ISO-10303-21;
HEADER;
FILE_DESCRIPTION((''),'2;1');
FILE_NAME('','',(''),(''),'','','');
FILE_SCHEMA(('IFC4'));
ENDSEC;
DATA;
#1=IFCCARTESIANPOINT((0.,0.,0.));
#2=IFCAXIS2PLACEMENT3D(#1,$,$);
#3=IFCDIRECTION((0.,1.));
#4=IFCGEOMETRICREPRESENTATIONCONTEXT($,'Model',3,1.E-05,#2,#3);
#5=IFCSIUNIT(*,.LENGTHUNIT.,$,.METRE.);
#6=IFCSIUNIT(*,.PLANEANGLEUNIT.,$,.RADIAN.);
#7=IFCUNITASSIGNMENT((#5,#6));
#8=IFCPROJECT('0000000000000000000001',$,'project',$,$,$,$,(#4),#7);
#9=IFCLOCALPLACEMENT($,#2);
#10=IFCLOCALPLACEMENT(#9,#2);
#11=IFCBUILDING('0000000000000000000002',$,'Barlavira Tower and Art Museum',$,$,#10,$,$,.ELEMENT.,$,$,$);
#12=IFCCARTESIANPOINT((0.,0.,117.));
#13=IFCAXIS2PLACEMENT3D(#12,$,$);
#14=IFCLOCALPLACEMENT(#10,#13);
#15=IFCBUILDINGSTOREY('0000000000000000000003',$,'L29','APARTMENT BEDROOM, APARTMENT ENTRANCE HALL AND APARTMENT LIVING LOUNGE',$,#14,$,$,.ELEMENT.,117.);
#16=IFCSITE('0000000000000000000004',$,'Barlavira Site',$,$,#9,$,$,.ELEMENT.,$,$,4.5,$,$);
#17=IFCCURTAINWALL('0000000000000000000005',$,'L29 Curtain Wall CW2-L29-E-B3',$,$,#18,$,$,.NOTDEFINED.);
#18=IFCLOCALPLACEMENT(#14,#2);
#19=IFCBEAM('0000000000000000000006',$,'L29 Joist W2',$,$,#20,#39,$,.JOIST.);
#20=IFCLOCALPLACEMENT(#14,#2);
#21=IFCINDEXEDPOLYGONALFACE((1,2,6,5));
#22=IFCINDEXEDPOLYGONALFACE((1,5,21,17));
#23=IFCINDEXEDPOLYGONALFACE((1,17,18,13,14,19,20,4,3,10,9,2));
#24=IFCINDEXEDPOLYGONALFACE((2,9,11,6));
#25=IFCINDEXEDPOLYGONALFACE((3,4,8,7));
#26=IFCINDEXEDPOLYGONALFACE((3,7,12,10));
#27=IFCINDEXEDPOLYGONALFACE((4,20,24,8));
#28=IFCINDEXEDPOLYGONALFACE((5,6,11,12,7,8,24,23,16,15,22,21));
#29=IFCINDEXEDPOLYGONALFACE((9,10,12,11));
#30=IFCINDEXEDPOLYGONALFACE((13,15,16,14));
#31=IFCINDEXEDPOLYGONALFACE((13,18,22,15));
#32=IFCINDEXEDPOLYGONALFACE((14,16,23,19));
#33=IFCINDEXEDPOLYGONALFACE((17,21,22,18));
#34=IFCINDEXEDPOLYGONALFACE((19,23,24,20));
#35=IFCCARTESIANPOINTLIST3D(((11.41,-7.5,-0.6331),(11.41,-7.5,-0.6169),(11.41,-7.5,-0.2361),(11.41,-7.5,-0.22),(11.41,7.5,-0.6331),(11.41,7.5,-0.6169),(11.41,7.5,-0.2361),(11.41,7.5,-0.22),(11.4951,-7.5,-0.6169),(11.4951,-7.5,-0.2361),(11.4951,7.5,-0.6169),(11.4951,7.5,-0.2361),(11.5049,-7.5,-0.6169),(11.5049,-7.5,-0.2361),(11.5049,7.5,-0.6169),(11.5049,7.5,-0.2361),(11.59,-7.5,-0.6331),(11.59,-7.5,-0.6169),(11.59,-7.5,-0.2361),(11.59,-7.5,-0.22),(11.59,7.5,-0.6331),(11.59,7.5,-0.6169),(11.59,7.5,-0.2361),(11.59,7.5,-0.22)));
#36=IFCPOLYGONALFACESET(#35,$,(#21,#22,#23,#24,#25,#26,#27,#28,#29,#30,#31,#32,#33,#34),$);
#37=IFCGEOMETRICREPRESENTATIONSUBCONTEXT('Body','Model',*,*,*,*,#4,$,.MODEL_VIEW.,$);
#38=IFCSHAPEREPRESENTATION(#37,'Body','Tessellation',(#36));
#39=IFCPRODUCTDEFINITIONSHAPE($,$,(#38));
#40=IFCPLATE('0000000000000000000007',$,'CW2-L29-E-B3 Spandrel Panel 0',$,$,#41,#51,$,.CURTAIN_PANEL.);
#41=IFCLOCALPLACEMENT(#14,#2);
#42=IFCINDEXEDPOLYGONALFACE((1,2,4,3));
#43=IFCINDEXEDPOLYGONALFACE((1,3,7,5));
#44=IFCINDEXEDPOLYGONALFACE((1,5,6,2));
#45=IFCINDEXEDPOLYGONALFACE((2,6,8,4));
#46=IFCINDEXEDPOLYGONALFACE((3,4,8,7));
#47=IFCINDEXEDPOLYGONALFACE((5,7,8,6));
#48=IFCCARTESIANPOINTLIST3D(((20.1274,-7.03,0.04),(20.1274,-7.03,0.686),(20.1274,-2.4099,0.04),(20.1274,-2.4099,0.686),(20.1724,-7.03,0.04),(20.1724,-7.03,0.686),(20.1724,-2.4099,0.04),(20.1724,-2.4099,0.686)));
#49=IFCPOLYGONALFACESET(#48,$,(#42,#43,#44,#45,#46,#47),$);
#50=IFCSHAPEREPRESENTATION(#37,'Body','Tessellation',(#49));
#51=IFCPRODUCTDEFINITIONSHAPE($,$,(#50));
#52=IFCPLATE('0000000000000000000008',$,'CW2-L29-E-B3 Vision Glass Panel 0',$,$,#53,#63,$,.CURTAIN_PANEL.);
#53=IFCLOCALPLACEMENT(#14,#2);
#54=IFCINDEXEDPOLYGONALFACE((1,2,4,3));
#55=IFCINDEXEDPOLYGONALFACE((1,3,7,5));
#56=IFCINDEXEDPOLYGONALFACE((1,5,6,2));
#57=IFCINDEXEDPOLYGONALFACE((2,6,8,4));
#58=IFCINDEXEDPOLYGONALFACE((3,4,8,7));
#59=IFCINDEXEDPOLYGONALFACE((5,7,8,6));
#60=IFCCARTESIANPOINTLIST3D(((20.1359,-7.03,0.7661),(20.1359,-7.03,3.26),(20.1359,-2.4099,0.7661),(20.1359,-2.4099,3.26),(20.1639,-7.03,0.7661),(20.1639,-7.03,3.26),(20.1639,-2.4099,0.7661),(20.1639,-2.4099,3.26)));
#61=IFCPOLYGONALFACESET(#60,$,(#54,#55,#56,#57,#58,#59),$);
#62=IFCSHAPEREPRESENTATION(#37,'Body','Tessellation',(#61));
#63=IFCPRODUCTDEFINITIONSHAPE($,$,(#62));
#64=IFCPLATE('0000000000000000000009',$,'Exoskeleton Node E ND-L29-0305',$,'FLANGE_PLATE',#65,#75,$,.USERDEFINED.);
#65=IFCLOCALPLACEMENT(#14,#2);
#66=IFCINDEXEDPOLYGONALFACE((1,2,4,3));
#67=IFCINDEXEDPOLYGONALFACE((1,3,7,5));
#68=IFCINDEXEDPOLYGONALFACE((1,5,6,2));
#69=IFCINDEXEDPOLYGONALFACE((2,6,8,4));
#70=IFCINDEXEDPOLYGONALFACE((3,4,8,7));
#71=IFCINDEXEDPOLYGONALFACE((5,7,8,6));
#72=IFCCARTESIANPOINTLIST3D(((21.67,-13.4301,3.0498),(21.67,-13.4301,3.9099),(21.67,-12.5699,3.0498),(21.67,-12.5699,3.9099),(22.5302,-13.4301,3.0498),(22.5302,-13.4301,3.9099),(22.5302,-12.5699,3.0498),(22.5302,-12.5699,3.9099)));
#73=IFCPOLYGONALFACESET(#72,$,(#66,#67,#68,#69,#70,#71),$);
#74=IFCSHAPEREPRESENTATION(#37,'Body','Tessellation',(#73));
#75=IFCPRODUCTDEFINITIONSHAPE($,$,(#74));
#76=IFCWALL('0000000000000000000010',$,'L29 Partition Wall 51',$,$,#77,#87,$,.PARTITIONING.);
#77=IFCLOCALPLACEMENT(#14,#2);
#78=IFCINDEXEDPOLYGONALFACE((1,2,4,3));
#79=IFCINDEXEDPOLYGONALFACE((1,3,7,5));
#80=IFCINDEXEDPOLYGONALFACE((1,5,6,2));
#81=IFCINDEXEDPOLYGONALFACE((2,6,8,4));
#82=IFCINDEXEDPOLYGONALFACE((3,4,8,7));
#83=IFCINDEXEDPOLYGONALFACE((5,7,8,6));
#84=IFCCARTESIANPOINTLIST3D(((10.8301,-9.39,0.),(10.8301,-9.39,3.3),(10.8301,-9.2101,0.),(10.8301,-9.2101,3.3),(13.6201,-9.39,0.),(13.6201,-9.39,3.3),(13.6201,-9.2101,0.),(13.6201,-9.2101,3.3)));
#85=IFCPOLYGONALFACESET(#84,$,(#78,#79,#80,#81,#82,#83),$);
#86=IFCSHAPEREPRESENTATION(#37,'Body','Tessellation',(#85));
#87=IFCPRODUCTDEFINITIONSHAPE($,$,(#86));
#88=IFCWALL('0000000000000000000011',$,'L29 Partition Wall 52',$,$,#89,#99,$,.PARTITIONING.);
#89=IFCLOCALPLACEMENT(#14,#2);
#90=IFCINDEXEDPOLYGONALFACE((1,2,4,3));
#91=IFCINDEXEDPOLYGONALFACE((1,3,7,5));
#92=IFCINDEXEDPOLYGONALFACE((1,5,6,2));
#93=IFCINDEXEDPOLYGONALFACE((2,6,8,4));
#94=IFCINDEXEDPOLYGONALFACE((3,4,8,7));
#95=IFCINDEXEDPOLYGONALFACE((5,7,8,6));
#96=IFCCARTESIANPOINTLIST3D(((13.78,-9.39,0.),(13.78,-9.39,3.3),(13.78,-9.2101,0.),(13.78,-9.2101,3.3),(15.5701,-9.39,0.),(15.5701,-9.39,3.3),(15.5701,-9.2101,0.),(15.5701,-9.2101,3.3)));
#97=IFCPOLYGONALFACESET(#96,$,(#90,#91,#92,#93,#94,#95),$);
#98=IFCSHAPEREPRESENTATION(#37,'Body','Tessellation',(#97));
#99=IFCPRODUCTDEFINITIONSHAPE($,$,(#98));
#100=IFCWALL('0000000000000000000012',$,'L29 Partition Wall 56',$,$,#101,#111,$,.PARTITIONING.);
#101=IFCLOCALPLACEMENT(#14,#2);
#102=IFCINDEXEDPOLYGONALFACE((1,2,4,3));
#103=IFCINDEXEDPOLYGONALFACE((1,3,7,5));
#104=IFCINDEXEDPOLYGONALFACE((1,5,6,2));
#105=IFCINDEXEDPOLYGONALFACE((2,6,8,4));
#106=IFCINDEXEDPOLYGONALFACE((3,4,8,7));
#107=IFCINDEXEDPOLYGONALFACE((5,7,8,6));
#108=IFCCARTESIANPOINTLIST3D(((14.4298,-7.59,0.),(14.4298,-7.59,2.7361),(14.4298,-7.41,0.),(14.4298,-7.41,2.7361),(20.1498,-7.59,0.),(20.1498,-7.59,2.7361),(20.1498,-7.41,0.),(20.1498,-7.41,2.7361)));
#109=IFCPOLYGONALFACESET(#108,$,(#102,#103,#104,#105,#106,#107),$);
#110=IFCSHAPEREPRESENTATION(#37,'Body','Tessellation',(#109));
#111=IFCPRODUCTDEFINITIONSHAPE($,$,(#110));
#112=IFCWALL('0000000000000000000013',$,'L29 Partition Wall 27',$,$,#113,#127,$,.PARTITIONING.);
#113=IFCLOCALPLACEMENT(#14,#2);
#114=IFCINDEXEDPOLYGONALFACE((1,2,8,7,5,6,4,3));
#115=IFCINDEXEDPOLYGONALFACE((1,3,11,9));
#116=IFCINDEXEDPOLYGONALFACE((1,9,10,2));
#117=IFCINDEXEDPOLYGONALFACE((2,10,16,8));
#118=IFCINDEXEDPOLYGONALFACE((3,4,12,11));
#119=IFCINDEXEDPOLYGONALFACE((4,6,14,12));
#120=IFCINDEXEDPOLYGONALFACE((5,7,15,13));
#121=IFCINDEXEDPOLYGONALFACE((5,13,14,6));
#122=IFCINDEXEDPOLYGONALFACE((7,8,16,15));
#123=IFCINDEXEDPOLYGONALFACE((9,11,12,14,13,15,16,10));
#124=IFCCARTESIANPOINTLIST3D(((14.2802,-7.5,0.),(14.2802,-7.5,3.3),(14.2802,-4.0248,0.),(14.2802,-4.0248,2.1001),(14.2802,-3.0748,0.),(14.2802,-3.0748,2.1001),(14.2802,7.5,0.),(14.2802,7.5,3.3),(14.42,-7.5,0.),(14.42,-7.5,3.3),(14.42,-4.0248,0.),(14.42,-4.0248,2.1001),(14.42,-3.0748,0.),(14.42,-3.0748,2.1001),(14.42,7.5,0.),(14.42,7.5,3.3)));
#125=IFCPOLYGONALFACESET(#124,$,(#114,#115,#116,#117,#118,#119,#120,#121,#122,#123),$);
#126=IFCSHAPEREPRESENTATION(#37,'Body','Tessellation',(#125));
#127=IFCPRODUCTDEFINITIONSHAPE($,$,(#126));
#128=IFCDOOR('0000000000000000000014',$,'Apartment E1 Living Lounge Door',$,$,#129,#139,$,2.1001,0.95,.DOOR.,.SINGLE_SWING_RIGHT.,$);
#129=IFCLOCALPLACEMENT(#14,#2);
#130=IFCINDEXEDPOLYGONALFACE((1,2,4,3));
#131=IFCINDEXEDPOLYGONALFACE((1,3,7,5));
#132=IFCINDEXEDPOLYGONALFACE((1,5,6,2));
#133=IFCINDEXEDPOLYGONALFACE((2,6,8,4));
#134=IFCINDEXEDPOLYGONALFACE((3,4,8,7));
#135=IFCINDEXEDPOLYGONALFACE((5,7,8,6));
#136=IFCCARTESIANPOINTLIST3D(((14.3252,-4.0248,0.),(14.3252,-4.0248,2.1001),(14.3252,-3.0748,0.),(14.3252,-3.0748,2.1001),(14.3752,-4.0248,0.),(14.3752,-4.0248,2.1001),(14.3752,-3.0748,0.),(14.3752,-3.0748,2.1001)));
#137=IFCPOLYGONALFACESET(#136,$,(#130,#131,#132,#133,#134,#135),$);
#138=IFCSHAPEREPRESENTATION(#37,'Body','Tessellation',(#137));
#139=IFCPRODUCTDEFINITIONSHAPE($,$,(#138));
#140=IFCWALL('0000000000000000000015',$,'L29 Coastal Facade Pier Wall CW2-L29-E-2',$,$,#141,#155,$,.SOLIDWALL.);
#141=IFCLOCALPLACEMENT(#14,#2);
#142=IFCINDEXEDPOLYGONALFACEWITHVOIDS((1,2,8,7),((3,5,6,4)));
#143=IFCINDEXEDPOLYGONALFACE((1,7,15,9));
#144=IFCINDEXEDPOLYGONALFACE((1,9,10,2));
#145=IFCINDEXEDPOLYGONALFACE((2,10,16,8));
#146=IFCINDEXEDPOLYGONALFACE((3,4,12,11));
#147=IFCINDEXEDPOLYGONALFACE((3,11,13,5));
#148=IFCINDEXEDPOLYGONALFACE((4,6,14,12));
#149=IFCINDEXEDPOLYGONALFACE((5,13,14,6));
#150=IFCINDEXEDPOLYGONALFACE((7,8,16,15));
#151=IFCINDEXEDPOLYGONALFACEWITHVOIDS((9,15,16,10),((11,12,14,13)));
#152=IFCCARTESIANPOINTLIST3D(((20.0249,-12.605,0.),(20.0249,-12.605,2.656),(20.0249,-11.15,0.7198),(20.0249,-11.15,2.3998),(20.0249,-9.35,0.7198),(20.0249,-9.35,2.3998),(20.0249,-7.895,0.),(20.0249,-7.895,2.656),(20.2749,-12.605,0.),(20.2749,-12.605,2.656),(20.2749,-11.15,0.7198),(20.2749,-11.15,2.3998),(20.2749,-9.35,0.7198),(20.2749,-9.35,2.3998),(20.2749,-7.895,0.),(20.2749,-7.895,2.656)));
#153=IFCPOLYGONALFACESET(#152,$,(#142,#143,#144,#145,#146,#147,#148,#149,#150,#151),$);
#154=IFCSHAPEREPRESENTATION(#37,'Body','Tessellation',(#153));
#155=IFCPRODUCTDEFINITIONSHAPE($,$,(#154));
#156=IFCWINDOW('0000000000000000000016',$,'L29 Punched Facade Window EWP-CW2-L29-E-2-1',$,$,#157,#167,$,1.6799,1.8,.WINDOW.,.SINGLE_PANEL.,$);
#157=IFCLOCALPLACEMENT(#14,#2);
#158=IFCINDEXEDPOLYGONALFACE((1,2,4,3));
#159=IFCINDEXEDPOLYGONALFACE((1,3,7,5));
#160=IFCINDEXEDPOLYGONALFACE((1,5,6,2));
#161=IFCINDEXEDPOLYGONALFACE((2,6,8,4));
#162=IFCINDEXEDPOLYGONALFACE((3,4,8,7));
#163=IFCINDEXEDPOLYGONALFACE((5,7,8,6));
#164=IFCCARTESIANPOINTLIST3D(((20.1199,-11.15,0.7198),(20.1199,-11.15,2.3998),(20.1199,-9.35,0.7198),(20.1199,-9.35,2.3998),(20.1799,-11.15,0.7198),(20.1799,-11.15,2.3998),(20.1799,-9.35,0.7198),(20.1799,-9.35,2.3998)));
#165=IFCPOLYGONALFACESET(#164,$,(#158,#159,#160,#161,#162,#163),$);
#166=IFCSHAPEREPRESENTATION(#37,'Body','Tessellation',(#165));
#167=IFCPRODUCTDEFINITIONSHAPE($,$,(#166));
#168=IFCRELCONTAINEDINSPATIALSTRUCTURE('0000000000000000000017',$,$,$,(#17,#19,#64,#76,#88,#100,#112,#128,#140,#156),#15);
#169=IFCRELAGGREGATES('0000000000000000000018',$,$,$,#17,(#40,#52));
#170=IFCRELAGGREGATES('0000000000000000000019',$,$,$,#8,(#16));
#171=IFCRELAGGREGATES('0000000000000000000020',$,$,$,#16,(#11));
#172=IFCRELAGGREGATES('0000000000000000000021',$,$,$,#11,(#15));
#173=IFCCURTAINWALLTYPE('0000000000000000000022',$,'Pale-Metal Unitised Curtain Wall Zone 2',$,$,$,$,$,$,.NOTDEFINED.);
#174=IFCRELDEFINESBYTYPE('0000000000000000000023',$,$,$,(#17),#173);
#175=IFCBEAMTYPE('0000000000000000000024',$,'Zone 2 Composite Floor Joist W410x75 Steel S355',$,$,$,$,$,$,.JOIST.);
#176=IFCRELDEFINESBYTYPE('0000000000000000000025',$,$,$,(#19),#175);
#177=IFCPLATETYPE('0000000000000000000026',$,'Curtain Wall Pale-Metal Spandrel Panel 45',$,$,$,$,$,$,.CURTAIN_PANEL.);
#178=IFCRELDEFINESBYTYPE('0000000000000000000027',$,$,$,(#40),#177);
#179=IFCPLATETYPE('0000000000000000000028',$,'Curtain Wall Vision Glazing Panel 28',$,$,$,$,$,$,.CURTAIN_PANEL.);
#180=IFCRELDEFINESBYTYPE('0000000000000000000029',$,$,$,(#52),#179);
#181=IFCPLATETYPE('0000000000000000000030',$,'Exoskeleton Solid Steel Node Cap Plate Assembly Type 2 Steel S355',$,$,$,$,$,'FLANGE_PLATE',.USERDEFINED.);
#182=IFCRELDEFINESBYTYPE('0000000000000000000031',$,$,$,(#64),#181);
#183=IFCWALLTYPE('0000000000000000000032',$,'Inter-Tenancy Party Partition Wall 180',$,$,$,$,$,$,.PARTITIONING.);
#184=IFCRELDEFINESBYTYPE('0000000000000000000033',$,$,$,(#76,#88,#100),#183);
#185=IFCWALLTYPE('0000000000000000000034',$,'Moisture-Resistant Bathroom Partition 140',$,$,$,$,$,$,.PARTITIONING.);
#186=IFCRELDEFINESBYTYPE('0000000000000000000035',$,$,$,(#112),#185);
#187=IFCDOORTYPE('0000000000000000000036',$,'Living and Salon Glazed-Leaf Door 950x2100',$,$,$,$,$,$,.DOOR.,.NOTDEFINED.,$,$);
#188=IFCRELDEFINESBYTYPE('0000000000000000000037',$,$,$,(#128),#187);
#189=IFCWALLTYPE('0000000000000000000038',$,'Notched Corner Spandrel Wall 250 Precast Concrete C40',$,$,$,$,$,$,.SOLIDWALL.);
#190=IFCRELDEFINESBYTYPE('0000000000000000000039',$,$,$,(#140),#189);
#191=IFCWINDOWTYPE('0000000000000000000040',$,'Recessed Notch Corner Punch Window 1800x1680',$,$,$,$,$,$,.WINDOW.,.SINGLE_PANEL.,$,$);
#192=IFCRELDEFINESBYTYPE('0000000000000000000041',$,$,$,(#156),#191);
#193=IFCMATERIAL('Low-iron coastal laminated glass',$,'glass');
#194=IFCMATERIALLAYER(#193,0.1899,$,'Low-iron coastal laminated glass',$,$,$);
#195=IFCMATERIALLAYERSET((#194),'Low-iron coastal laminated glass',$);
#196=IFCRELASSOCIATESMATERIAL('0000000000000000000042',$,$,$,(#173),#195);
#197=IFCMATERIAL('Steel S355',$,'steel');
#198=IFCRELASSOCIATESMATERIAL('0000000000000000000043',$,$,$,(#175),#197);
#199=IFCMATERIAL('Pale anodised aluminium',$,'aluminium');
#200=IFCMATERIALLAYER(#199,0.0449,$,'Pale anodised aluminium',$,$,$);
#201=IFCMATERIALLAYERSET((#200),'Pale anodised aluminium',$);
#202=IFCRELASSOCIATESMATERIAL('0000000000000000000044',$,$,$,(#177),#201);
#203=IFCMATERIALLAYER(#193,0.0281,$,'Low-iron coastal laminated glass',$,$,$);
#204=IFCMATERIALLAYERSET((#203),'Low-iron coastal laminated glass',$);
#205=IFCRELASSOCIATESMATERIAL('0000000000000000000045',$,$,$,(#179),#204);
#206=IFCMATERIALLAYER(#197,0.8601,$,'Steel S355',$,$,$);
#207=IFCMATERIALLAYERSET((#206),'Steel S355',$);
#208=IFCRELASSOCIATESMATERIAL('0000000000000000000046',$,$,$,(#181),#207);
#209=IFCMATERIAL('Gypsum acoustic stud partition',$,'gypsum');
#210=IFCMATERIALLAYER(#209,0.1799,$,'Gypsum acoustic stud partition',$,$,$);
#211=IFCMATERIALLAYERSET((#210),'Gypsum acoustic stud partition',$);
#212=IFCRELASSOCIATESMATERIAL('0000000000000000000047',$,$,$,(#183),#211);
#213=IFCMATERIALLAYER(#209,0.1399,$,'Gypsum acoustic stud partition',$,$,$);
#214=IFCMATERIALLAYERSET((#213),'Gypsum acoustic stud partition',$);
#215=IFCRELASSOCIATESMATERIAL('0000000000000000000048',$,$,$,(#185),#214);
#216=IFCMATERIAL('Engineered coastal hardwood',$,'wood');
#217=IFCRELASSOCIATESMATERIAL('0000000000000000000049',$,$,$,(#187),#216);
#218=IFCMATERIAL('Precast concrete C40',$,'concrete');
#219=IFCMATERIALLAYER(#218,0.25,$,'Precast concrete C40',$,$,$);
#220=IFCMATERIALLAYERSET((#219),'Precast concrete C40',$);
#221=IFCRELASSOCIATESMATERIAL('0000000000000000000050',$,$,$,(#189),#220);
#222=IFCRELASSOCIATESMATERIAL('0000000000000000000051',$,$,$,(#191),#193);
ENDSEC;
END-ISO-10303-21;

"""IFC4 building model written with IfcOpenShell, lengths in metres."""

from ifc_helpers import new_model, si_unit, direction, frame, frame_2d, origin, origin_2d, place, context, subcontext, project, spatial, rectangle, i_section, extrude, material, layer, layer_set, material_profile, profile_set, type_object, element, fill, aggregate, save


model = new_model("IFC4")

# Units and contexts
model_context = context("Model", 3, precision=1e-05, world=origin(), true_north=direction((0.0, 1.0)))
body_context = subcontext(model_context, "Body", "Model", "MODEL_VIEW")
ifc_project = project(units=[si_unit("LENGTHUNIT", "METRE"), si_unit("PLANEANGLEUNIT", "RADIAN")], contexts=[model_context])

# Site, building, storey
site_placement = place(None, origin())
site = spatial("IfcSite", under=ifc_project, at=site_placement, Name="Barlavira Site", CompositionType="ELEMENT", RefElevation=4.5)
building_placement = place(site_placement, origin())
building = spatial("IfcBuilding", under=site, at=building_placement, Name="Barlavira Tower and Art Museum", CompositionType="ELEMENT")
storey_placement = place(building_placement, frame((0.0, 0.0, 117.0)))
storey = spatial("IfcBuildingStorey", under=building, at=storey_placement, Name="L29", Description="APARTMENT BEDROOM, APARTMENT ENTRANCE HALL AND APARTMENT LIVING LOUNGE", CompositionType="ELEMENT", Elevation=117.0)

# Curtain wall
ifc_material_1 = material(Name="Low-iron coastal laminated glass", Category="glass")
ifc_layer_1 = layer(ifc_material_1, 0.1899, Name="Low-iron coastal laminated glass")
ifc_layer_set_1 = layer_set([ifc_layer_1], Name="Low-iron coastal laminated glass")
curtain_wall_type = type_object("IfcCurtainWallType", Name="Pale-Metal Unitised Curtain Wall Zone 2", PredefinedType="NOTDEFINED", material=ifc_layer_set_1)
curtain_wall_placement = place(storey_placement, origin())
curtain_wall = element("IfcCurtainWall", 1, at=curtain_wall_placement, inside=storey, type_object=curtain_wall_type, Name="L29 Curtain Wall CW2-L29-E-B3", PredefinedType="NOTDEFINED")
ifc_material_2 = material(Name="Pale anodised aluminium", Category="aluminium")

# Shared definitions
ifc_material_3 = material(Name="Steel S355", Category="steel")

# Beam
ifc_material_profile_1 = material_profile(ifc_material_3, i_section(OverallWidth=0.1799, OverallDepth=0.4131, WebThickness=0.0098, FlangeThickness=0.0161, at=origin_2d()), Name="W410x75.0")
ifc_profile_set_1 = profile_set([ifc_material_profile_1], Name="Steel S355")
beam_type_1 = type_object("IfcBeamType", Name="Zone 2 Composite Floor Joist W410x75 Steel S355", PredefinedType="JOIST", material=ifc_profile_set_1)
beam_1_placement = place(storey_placement, frame((11.5, -7.5, -0.4265), z_axis=(0.0, 1.0, 0.0), x_axis=(-1.0, 0.0, 0.0)))
element("IfcBeam", 2, at=beam_1_placement, inside=storey, type_object=beam_type_1, Name="L29 Joist W2", PredefinedType="JOIST", context=body_context, shape_type="SweptSolid", body=[
    extrude(i_section(OverallWidth=0.1799, OverallDepth=0.4131, WebThickness=0.0098, FlangeThickness=0.0161, at=origin_2d()), origin(), (0.0, 0.0, 1.0), 15.0),
])

# Plates
ifc_layer_2 = layer(ifc_material_2, 0.0449, Name="Pale anodised aluminium")
ifc_layer_set_2 = layer_set([ifc_layer_2], Name="Pale anodised aluminium")
plate_type_1 = type_object("IfcPlateType", Name="Curtain Wall Pale-Metal Spandrel Panel 45", PredefinedType="CURTAIN_PANEL", material=ifc_layer_set_2)
plate_1_placement = place(storey_placement, frame((20.1499, -4.72, 0.04), z_axis=(0.0, 0.0, 1.0), x_axis=(0.0, 1.0, 0.0)))
plate_1 = element("IfcPlate", 3, at=plate_1_placement, type_object=plate_type_1, Name="CW2-L29-E-B3 Spandrel Panel 0", PredefinedType="CURTAIN_PANEL", context=body_context, shape_type="SweptSolid", body=[
    extrude(rectangle(XDim=4.6201, YDim=0.0449, at=origin_2d()), origin(), (0.0, 0.0, 1.0), 0.646),
])
ifc_layer_3 = layer(ifc_material_1, 0.0281, Name="Low-iron coastal laminated glass")
ifc_layer_set_3 = layer_set([ifc_layer_3], Name="Low-iron coastal laminated glass")
plate_type_2 = type_object("IfcPlateType", Name="Curtain Wall Vision Glazing Panel 28", PredefinedType="CURTAIN_PANEL", material=ifc_layer_set_3)
plate_2_placement = place(storey_placement, frame((20.1499, -4.72, 0.7661), z_axis=(0.0, 0.0, 1.0), x_axis=(0.0, 1.0, 0.0)))
plate_2 = element("IfcPlate", 4, at=plate_2_placement, type_object=plate_type_2, Name="CW2-L29-E-B3 Vision Glass Panel 0", PredefinedType="CURTAIN_PANEL", context=body_context, shape_type="SweptSolid", body=[
    extrude(rectangle(XDim=4.6201, YDim=0.0281, at=origin_2d()), origin(), (0.0, 0.0, 1.0), 2.4939),
])
aggregate(curtain_wall, [plate_1, plate_2])
ifc_layer_4 = layer(ifc_material_3, 0.8601, Name="Steel S355")
ifc_layer_set_4 = layer_set([ifc_layer_4], Name="Steel S355")
plate_type_3 = type_object("IfcPlateType", Name="Exoskeleton Solid Steel Node Cap Plate Assembly Type 2 Steel S355", ElementType="FLANGE_PLATE", PredefinedType="USERDEFINED", material=ifc_layer_set_4)
plate_3_placement = place(storey_placement, frame((22.1001, -13.0, 3.0498), z_axis=(0.0, 0.0, 1.0), x_axis=(1.0, 0.0, 0.0)))
element("IfcPlate", 5, at=plate_3_placement, inside=storey, type_object=plate_type_3, Name="Exoskeleton Node E ND-L29-0305", ObjectType="FLANGE_PLATE", PredefinedType="USERDEFINED", context=body_context, shape_type="SweptSolid", body=[
    extrude(rectangle(XDim=0.8601, YDim=0.8601, at=origin_2d()), origin(), (0.0, 0.0, 1.0), 0.8601),
])

# Walls
ifc_material_4 = material(Name="Gypsum acoustic stud partition", Category="gypsum")
ifc_layer_5 = layer(ifc_material_4, 0.1799, Name="Gypsum acoustic stud partition")
ifc_layer_set_5 = layer_set([ifc_layer_5], Name="Gypsum acoustic stud partition")
wall_type_1 = type_object("IfcWallType", Name="Inter-Tenancy Party Partition Wall 180", PredefinedType="PARTITIONING", material=ifc_layer_set_5)
wall_1_placement = place(storey_placement, frame((10.8301, -9.3, 0.0), z_axis=(0.0, 0.0, 1.0), x_axis=(1.0, 0.0, 0.0)))
element("IfcWall", 6, at=wall_1_placement, inside=storey, type_object=wall_type_1, Name="L29 Partition Wall 51", PredefinedType="PARTITIONING", context=body_context, shape_type="SweptSolid", body=[
    extrude(rectangle(XDim=2.79, YDim=0.1799, at=frame_2d((1.395, 0.0))), origin(), (0.0, 0.0, 1.0), 3.3),
])
wall_2_placement = place(storey_placement, frame((13.78, -9.3, 0.0), z_axis=(0.0, 0.0, 1.0), x_axis=(1.0, 0.0, 0.0)))
element("IfcWall", 7, at=wall_2_placement, inside=storey, type_object=wall_type_1, Name="L29 Partition Wall 52", PredefinedType="PARTITIONING", context=body_context, shape_type="SweptSolid", body=[
    extrude(rectangle(XDim=1.79, YDim=0.1799, at=frame_2d((0.895, 0.0))), origin(), (0.0, 0.0, 1.0), 3.3),
])
wall_3_placement = place(storey_placement, frame((14.4299, -7.5, 0.0), z_axis=(0.0, 0.0, 1.0), x_axis=(1.0, 0.0, 0.0)))
element("IfcWall", 8, at=wall_3_placement, inside=storey, type_object=wall_type_1, Name="L29 Partition Wall 56", PredefinedType="PARTITIONING", context=body_context, shape_type="SweptSolid", body=[
    extrude(rectangle(XDim=5.72, YDim=0.1799, at=frame_2d((2.8599, 0.0))), origin(), (0.0, 0.0, 1.0), 2.7361),
])

# Wall, opening, door
ifc_layer_6 = layer(ifc_material_4, 0.1399, Name="Gypsum acoustic stud partition")
ifc_layer_set_6 = layer_set([ifc_layer_6], Name="Gypsum acoustic stud partition")
wall_type_2 = type_object("IfcWallType", Name="Moisture-Resistant Bathroom Partition 140", PredefinedType="PARTITIONING", material=ifc_layer_set_6)
wall_4_placement = place(storey_placement, frame((14.3501, -7.5, 0.0), z_axis=(0.0, 0.0, 1.0), x_axis=(0.0, 1.0, 0.0)))
wall_4 = element("IfcWall", 9, at=wall_4_placement, inside=storey, type_object=wall_type_2, Name="L29 Partition Wall 27", PredefinedType="PARTITIONING", context=body_context, shape_type="SweptSolid", body=[
    extrude(rectangle(XDim=15.0, YDim=0.1399, at=frame_2d((7.5, 0.0))), origin(), (0.0, 0.0, 1.0), 3.3),
])
opening_1_placement = place(wall_4_placement, frame((3.4751, 0.0, 0.0)))
opening_1 = element("IfcOpeningElement", 10, at=opening_1_placement, cuts=wall_4, PredefinedType="OPENING", context=body_context, shape_type="SweptSolid", body=[
    extrude(rectangle(XDim=0.95, YDim=2.1001, at=frame_2d((0.4751, 1.05))), frame((0.0, 0.0801, 0.0), z_axis=(0.0, -1.0, 0.0), x_axis=(1.0, 0.0, 0.0)), (0.0, 0.0, 1.0), 0.1599),
])
ifc_material_5 = material(Name="Engineered coastal hardwood", Category="wood")
door_type = type_object("IfcDoorType", Name="Living and Salon Glazed-Leaf Door 950x2100", OperationType="NOTDEFINED", PredefinedType="DOOR", material=ifc_material_5)
door_placement = place(opening_1_placement, origin())
door = element("IfcDoor", 11, at=door_placement, inside=storey, type_object=door_type, Name="Apartment E1 Living Lounge Door", OperationType="SINGLE_SWING_RIGHT", OverallHeight=2.1001, OverallWidth=0.95, PredefinedType="DOOR", context=body_context, shape_type="SweptSolid", body=[
    extrude(rectangle(XDim=0.95, YDim=2.1001, at=frame_2d((0.4751, 1.05))), frame((0.0, 0.0249, 0.0), z_axis=(0.0, -1.0, 0.0), x_axis=(1.0, 0.0, 0.0)), (0.0, 0.0, 1.0), 0.05),
])
fill(opening_1, door)

# Wall, opening, window
ifc_material_6 = material(Name="Precast concrete C40", Category="concrete")
ifc_layer_7 = layer(ifc_material_6, 0.25, Name="Precast concrete C40")
ifc_layer_set_7 = layer_set([ifc_layer_7], Name="Precast concrete C40")
wall_type_3 = type_object("IfcWallType", Name="Notched Corner Spandrel Wall 250 Precast Concrete C40", PredefinedType="SOLIDWALL", material=ifc_layer_set_7)
wall_5_placement = place(storey_placement, frame((20.1499, -12.605, 0.0), z_axis=(0.0, 0.0, 1.0), x_axis=(0.0, 1.0, 0.0)))
wall_5 = element("IfcWall", 12, at=wall_5_placement, inside=storey, type_object=wall_type_3, Name="L29 Coastal Facade Pier Wall CW2-L29-E-2", PredefinedType="SOLIDWALL", context=body_context, shape_type="SweptSolid", body=[
    extrude(rectangle(XDim=4.71, YDim=0.25, at=frame_2d((2.355, 0.0))), origin(), (0.0, 0.0, 1.0), 2.656),
])
opening_2_placement = place(wall_5_placement, frame((1.4551, 0.0, 0.72)))
opening_2 = element("IfcOpeningElement", 13, at=opening_2_placement, cuts=wall_5, PredefinedType="OPENING", context=body_context, shape_type="SweptSolid", body=[
    extrude(rectangle(XDim=1.8, YDim=1.6799, at=frame_2d((0.8999, 0.8398))), frame((0.0, 0.135, 0.0), z_axis=(0.0, -1.0, 0.0), x_axis=(1.0, 0.0, 0.0)), (0.0, 0.0, 1.0), 0.27),
])
window_type = type_object("IfcWindowType", Name="Recessed Notch Corner Punch Window 1800x1680", PartitioningType="SINGLE_PANEL", PredefinedType="WINDOW", material=ifc_material_1)
window_placement = place(opening_2_placement, origin())
window = element("IfcWindow", 14, at=window_placement, inside=storey, type_object=window_type, Name="L29 Punched Facade Window EWP-CW2-L29-E-2-1", OverallHeight=1.6799, OverallWidth=1.8, PartitioningType="SINGLE_PANEL", PredefinedType="WINDOW", context=body_context, shape_type="SweptSolid", body=[
    extrude(rectangle(XDim=1.8, YDim=1.6799, at=frame_2d((0.8999, 0.8398))), frame((0.0, 0.03, 0.0), z_axis=(0.0, -1.0, 0.0), x_axis=(1.0, 0.0, 0.0)), (0.0, 0.0, 1.0), 0.0601),
])
fill(opening_2, window)

save(model, "model.ifc")
